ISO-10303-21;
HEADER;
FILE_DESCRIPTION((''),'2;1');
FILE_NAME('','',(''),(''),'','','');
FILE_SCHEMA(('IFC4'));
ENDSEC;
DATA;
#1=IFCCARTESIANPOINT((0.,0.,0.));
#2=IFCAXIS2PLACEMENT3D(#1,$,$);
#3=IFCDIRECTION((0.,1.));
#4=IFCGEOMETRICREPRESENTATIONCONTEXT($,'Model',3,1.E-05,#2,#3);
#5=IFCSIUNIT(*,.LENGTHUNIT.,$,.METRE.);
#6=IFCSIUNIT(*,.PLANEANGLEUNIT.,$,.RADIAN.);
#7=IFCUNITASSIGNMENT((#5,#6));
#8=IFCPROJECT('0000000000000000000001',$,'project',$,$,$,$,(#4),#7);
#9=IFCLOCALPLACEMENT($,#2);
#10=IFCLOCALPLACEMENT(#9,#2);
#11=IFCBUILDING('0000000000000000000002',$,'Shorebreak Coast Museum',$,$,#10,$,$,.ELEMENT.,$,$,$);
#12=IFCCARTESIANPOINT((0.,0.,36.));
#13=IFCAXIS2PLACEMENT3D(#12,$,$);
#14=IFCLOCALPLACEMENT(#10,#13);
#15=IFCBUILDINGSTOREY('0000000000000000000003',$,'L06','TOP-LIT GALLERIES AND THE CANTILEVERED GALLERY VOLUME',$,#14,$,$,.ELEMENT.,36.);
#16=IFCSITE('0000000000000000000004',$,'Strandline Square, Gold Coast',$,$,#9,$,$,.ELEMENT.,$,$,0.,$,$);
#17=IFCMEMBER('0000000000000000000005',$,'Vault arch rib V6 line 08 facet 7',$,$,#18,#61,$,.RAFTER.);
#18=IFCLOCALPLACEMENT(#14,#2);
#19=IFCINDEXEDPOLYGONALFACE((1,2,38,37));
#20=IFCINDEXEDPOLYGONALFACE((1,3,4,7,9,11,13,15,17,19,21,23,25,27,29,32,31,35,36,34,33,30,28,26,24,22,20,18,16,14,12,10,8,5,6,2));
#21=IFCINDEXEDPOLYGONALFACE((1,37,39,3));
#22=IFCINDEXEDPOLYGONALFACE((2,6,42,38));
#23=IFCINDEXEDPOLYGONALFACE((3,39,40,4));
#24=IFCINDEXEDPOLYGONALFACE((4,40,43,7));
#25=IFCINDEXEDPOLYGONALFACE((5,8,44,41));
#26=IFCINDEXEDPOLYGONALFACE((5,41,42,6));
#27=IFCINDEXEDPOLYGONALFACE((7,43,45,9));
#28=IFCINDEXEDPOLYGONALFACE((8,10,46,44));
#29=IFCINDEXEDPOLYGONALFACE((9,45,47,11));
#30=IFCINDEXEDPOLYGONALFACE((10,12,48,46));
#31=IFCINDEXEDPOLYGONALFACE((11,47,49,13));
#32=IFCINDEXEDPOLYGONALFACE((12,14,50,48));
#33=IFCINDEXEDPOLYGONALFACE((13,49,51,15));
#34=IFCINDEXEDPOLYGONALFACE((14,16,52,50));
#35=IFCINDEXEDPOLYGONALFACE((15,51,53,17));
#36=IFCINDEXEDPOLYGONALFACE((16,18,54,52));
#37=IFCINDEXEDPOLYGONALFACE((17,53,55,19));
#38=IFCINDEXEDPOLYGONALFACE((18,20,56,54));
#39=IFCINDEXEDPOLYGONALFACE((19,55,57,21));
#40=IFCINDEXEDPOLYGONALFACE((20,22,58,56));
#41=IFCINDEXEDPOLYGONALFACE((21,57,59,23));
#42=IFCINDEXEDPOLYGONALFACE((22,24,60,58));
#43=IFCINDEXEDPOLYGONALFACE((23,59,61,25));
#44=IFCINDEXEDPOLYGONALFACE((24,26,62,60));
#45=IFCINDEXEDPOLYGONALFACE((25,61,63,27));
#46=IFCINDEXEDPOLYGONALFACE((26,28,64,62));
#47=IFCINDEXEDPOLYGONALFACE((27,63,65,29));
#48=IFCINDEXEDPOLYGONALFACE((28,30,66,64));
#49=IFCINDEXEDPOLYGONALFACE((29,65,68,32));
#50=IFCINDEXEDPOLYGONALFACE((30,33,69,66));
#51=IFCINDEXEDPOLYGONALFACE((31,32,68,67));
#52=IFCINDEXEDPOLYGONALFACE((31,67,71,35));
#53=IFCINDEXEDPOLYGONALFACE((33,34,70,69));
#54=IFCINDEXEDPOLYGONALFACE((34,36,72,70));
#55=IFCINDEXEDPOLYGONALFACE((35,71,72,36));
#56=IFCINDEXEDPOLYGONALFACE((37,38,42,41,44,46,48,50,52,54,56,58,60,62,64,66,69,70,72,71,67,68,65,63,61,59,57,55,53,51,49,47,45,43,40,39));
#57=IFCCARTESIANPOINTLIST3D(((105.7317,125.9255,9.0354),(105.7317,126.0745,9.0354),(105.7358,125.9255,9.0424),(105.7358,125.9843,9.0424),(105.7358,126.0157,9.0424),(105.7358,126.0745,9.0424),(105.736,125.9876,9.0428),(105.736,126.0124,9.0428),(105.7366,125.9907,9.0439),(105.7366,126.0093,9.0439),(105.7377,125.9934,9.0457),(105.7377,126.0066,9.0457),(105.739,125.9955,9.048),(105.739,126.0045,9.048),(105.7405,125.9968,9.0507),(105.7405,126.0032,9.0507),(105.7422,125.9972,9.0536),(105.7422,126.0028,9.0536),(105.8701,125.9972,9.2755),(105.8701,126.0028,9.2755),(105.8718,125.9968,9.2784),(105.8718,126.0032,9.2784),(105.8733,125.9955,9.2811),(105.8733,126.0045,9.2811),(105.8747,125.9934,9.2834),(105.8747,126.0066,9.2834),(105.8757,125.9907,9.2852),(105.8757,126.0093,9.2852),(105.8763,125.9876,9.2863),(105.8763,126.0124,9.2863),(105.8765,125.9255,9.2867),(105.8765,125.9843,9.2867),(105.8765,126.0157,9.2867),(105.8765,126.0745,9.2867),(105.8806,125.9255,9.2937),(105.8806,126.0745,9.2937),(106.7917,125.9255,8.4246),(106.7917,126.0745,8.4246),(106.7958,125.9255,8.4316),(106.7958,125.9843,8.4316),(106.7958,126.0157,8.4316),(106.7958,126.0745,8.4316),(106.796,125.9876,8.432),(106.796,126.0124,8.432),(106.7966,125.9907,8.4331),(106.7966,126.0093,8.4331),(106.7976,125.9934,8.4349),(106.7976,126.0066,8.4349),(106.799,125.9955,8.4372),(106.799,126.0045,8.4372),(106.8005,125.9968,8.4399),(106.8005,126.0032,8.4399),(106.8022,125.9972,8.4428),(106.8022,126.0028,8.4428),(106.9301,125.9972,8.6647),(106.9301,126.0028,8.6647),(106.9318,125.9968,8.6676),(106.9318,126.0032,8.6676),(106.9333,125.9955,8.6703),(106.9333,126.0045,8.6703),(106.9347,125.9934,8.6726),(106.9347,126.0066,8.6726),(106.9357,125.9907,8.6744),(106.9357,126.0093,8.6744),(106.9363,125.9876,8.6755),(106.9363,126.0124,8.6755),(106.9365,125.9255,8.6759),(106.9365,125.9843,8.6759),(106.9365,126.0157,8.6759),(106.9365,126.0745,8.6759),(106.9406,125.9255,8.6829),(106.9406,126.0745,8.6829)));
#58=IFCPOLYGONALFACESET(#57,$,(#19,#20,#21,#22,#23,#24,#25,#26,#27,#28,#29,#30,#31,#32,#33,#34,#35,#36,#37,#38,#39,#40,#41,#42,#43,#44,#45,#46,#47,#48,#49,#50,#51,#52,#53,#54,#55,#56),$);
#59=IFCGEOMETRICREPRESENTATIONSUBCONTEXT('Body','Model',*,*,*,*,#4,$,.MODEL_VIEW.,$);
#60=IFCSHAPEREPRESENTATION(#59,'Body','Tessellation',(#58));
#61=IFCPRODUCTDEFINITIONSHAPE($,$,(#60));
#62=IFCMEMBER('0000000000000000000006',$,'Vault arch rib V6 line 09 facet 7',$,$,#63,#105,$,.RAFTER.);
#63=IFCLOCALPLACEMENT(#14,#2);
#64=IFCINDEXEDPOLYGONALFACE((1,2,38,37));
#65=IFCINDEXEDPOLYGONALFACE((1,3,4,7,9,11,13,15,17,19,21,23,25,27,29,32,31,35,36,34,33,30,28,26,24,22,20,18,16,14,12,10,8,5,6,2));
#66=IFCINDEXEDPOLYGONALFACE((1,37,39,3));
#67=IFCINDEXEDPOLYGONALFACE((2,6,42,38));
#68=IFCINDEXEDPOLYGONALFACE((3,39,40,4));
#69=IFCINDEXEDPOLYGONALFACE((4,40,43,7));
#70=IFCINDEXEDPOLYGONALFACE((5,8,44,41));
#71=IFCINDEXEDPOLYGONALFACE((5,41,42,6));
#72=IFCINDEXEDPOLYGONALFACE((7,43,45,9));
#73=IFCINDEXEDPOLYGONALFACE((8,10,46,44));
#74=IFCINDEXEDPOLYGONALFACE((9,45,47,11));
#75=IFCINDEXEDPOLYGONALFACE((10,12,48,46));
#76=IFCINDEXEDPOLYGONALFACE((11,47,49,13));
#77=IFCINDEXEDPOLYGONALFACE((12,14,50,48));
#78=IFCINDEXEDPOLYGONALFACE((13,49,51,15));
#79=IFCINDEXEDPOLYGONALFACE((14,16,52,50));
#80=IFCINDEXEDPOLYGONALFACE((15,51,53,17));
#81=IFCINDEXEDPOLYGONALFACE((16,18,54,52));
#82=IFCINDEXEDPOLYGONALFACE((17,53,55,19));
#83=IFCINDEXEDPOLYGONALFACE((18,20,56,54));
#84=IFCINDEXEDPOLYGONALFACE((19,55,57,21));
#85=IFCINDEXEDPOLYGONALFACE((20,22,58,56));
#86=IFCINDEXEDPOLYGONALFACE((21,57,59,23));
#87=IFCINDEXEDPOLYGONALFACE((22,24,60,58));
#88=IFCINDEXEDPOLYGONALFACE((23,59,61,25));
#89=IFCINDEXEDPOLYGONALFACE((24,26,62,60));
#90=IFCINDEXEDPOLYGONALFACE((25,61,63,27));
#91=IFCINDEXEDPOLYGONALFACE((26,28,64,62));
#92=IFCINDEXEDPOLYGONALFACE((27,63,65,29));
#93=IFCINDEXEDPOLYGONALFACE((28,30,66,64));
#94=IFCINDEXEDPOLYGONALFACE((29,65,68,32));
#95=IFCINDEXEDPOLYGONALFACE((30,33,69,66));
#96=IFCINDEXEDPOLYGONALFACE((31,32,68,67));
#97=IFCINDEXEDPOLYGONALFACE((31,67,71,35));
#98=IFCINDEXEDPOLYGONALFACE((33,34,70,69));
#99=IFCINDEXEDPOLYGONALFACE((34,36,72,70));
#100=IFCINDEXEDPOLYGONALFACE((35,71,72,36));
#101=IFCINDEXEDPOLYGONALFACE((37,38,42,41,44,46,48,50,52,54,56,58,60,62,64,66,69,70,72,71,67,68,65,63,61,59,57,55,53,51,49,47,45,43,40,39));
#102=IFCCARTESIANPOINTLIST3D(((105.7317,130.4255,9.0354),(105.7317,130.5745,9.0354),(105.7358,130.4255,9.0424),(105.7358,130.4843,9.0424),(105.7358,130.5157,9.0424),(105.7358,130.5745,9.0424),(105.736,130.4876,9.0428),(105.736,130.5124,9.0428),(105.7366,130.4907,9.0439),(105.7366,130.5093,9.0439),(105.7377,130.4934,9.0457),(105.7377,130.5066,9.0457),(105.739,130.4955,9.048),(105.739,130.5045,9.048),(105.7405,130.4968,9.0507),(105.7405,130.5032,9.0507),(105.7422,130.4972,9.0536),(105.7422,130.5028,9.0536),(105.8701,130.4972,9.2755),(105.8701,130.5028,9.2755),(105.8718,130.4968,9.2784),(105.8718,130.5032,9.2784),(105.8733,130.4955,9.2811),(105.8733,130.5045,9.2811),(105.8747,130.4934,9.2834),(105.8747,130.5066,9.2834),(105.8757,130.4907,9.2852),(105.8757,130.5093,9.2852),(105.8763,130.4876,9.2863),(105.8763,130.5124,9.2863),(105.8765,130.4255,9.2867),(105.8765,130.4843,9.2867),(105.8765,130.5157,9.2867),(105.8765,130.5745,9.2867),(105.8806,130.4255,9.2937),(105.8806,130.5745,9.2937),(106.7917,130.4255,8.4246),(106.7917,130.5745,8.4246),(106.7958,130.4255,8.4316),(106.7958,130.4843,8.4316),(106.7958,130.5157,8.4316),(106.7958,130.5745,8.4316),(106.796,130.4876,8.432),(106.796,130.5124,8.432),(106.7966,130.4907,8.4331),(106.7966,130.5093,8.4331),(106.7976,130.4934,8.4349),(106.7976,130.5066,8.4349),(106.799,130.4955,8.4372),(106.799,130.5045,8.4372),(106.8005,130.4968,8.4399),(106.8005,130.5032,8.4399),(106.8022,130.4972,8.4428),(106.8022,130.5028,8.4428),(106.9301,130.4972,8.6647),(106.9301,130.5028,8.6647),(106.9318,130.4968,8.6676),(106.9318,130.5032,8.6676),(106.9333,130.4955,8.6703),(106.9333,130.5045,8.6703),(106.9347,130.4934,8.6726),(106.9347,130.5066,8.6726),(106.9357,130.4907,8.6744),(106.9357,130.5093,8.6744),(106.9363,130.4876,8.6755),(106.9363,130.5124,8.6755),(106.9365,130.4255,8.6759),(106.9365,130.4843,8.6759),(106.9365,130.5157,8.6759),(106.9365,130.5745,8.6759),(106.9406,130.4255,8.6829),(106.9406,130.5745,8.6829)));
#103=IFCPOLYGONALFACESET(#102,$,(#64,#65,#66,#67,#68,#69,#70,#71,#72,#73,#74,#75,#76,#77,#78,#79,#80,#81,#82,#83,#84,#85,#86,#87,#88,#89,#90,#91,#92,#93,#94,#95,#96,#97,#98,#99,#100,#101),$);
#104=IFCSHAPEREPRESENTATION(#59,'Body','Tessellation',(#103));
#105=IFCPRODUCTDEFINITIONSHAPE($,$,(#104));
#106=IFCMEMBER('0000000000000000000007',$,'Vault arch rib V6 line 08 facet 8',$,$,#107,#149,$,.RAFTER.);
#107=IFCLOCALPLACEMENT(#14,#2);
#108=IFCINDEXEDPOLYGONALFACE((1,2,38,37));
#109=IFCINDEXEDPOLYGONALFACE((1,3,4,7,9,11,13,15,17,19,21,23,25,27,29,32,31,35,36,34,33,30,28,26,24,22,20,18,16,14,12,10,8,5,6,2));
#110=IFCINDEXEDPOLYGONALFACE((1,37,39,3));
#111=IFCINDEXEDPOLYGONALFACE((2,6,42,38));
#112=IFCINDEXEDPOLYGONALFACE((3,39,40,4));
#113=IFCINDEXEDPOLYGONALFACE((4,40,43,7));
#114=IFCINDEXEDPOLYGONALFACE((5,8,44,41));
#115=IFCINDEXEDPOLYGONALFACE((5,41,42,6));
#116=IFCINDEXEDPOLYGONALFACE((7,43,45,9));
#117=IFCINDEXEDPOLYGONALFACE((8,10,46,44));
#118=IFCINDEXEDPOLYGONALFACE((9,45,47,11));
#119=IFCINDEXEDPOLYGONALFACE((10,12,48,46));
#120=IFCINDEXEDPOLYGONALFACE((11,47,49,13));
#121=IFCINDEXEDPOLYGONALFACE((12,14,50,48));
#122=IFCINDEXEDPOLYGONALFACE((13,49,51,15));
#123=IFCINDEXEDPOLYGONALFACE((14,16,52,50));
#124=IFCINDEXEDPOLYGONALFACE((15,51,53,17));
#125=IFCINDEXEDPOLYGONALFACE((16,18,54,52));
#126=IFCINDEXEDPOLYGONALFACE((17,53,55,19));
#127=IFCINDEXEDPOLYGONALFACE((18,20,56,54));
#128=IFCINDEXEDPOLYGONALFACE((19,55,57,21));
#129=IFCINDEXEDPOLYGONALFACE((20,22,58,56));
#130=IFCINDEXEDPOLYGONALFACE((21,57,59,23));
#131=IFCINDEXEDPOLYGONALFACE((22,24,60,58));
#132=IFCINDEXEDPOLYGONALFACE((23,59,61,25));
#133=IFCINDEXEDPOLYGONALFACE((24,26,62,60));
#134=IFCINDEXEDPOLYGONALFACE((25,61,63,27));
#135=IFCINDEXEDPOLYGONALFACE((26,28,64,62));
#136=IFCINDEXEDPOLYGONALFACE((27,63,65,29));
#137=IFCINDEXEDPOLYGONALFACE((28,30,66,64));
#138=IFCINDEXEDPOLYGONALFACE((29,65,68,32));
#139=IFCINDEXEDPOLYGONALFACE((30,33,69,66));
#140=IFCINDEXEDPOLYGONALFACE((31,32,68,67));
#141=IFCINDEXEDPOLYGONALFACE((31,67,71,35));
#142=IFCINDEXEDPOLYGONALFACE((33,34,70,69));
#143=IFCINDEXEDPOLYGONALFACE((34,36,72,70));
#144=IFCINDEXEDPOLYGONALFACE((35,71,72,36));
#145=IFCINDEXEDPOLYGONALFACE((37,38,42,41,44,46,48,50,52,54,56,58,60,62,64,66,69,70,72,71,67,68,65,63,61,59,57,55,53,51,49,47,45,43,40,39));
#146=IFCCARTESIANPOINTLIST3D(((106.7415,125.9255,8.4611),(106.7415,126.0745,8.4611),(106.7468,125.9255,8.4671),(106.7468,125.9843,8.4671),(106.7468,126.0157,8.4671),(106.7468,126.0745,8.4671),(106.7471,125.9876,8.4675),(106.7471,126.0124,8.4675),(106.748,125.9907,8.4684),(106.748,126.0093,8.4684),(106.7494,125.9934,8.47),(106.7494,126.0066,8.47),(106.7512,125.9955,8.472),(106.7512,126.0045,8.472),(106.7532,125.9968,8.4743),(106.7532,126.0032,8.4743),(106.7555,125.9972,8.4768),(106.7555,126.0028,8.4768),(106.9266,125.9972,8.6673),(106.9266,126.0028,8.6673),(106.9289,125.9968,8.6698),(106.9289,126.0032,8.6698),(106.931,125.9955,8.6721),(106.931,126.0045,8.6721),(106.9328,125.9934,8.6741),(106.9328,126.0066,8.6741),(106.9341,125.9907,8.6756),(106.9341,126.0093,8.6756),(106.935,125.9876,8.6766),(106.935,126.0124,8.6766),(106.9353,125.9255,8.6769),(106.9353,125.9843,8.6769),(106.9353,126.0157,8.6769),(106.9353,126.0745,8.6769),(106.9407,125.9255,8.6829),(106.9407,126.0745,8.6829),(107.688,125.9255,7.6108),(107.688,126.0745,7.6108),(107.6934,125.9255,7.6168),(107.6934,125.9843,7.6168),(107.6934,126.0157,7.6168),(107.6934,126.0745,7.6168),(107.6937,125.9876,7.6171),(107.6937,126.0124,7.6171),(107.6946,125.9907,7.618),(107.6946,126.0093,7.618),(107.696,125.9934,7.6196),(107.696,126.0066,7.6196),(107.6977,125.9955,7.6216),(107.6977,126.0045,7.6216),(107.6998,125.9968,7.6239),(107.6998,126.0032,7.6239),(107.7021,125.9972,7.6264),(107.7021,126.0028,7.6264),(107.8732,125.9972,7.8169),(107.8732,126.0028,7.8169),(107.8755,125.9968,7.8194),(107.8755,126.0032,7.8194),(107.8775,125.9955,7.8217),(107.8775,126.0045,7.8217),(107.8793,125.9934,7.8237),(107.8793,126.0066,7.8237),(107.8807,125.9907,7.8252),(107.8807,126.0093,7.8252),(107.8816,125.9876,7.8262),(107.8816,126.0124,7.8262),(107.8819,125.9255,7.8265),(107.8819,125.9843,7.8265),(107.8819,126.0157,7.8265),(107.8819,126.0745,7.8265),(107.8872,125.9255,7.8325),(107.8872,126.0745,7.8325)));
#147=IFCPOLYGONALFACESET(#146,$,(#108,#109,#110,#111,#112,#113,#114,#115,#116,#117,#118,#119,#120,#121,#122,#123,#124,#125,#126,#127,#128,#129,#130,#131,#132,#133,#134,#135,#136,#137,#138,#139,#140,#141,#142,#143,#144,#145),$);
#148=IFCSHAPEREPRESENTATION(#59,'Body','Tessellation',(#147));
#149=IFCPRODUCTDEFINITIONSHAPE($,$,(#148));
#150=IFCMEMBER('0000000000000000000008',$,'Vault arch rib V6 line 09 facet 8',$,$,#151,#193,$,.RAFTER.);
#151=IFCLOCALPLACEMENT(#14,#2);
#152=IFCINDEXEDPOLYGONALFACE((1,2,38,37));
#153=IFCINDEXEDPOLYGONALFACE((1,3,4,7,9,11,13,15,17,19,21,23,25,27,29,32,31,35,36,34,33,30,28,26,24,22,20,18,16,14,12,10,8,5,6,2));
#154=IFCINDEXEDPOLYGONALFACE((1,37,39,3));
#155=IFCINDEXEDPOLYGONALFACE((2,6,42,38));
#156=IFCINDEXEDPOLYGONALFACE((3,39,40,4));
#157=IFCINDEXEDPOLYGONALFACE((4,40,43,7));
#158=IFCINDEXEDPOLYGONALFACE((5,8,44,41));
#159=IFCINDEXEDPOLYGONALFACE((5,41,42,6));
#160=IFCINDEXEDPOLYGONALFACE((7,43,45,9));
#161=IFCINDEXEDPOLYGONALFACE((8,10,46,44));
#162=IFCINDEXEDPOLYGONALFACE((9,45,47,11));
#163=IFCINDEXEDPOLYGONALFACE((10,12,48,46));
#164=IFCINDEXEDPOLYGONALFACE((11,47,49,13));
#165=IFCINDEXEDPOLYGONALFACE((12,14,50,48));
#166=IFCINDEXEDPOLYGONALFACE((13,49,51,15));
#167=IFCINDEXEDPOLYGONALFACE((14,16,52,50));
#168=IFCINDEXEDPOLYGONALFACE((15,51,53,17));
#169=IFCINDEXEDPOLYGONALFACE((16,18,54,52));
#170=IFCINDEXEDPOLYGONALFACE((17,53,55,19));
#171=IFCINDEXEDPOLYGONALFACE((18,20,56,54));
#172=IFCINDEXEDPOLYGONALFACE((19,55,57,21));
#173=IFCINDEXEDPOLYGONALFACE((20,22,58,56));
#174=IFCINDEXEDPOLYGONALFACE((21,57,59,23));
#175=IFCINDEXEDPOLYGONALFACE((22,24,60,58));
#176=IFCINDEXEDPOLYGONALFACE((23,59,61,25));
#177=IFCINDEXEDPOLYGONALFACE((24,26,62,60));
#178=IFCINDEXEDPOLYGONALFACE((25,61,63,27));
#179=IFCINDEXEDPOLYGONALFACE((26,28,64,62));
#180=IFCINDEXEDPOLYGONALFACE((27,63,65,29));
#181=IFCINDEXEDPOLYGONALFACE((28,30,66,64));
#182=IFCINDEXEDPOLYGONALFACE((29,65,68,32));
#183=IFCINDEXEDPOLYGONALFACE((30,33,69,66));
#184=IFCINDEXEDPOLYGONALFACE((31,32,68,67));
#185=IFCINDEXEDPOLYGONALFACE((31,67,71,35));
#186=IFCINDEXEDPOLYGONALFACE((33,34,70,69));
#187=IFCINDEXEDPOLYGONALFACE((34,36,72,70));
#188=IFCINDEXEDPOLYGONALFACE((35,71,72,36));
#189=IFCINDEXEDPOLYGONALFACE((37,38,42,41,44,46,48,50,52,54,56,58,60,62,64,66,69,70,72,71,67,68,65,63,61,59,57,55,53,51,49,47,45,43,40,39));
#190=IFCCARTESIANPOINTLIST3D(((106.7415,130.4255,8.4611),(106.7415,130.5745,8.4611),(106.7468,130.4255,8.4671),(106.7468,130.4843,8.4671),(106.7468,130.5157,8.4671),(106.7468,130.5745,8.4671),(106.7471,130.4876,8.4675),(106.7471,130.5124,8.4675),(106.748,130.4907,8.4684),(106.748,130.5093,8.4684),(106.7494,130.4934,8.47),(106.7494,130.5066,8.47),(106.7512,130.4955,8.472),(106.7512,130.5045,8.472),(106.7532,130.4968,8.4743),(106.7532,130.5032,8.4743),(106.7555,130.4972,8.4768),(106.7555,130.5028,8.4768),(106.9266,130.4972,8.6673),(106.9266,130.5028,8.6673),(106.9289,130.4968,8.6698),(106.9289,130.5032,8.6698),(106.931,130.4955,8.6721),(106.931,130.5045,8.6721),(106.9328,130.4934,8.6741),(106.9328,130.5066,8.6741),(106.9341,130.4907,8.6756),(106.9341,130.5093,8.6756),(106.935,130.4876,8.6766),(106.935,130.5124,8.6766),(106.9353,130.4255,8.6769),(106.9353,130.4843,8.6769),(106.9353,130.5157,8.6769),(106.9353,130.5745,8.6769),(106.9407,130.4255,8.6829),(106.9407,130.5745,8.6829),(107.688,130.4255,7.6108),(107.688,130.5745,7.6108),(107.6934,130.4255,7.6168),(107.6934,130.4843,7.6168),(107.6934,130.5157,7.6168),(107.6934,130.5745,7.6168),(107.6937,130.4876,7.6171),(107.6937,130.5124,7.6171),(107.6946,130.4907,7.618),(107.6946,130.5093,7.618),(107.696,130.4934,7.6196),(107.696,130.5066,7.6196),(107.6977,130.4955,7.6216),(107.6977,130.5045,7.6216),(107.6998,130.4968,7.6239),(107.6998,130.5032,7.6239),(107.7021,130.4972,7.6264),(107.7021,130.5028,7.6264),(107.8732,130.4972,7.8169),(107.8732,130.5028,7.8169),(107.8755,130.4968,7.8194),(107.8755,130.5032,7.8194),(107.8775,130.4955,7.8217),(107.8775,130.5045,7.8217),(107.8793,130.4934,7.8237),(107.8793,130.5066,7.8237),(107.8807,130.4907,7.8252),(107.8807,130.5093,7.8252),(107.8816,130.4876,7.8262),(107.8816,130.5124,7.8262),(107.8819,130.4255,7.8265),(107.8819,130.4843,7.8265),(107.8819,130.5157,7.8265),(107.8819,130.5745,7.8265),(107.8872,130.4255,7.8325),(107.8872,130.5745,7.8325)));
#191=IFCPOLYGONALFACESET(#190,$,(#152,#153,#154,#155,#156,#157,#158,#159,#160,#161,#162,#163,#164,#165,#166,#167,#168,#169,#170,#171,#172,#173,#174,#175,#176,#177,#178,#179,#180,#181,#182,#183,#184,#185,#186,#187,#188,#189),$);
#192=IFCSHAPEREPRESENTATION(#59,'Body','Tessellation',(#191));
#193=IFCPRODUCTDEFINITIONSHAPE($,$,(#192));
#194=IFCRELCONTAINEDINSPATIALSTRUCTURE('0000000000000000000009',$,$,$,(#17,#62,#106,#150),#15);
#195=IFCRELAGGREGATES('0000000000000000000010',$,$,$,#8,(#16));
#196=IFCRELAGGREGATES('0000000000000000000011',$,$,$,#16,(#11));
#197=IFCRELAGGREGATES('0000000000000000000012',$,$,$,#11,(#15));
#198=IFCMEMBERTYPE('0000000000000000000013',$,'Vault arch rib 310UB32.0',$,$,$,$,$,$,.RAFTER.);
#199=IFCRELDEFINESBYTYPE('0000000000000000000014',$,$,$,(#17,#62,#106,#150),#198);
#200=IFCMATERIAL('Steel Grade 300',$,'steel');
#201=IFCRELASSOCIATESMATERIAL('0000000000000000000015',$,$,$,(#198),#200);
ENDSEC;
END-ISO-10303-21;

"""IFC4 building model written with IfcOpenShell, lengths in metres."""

from ifc_helpers import new_model, si_unit, direction, frame, origin, origin_2d, place, context, subcontext, project, spatial, i_section, extrude, material, material_profile, profile_set, type_object, element, save


model = new_model("IFC4")

# Units and contexts
model_context = context("Model", 3, precision=1e-05, world=origin(), true_north=direction((0.0, 1.0)))
body_context = subcontext(model_context, "Body", "Model", "MODEL_VIEW")
ifc_project = project(units=[si_unit("LENGTHUNIT", "METRE"), si_unit("PLANEANGLEUNIT", "RADIAN")], contexts=[model_context])

# Site, building, storey
site_placement = place(None, origin())
site = spatial("IfcSite", under=ifc_project, at=site_placement, Name="Strandline Square, Gold Coast", CompositionType="ELEMENT", RefElevation=0.0)
building_placement = place(site_placement, origin())
building = spatial("IfcBuilding", under=site, at=building_placement, Name="Shorebreak Coast Museum", CompositionType="ELEMENT")
storey_placement = place(building_placement, frame((0.0, 0.0, 36.0)))
storey = spatial("IfcBuildingStorey", under=building, at=storey_placement, Name="L06", Description="TOP-LIT GALLERIES AND THE CANTILEVERED GALLERY VOLUME", CompositionType="ELEMENT", Elevation=36.0)

# Members
ifc_material_1 = material(Name="Steel Grade 300", Category="steel")
ifc_material_profile_1 = material_profile(ifc_material_1, i_section(OverallWidth=0.1489, OverallDepth=0.2981, WebThickness=0.0056, FlangeThickness=0.0081, FilletRadius=0.0129, at=origin_2d()), Name="310UB32.0")
ifc_profile_set_1 = profile_set([ifc_material_profile_1], Name="Steel Grade 300")
member_type_1 = type_object("IfcMemberType", Name="Vault arch rib 310UB32.0", PredefinedType="RAFTER", material=ifc_profile_set_1)
for number, where, z_axis, x_axis, name in (
    (1, (105.8062, 126.0, 9.1646), (0.866445, 0.0, -0.499273), (0.0, 1.0, 0.0), "Vault arch rib V6 line 08 facet 7"),
    (2, (105.8062, 130.5, 9.1646), (0.866445, 0.0, -0.499273), (0.0, 1.0, 0.0), "Vault arch rib V6 line 09 facet 7"),
):
    element("IfcMember", number, at=place(storey_placement, frame(where, z_axis=z_axis, x_axis=x_axis)), inside=storey, type_object=member_type_1, Name=name, PredefinedType="RAFTER", context=body_context, shape_type="SweptSolid", body=[
        extrude(i_section(OverallWidth=0.1489, OverallDepth=0.2981, WebThickness=0.0056, FlangeThickness=0.0081, FilletRadius=0.0129, at=origin_2d()), origin(), (0.0, 0.0, 1.0), 1.2234),
    ])
for number, where, z_axis, x_axis, name in (
    (3, (106.8411, 126.0, 8.572), (0.743895, 0.0, -0.668297), (0.0, 1.0, 0.0), "Vault arch rib V6 line 08 facet 8"),
    (4, (106.8411, 130.5, 8.572), (0.743895, 0.0, -0.668297), (0.0, 1.0, 0.0), "Vault arch rib V6 line 09 facet 8"),
):
    element("IfcMember", number, at=place(storey_placement, frame(where, z_axis=z_axis, x_axis=x_axis)), inside=storey, type_object=member_type_1, Name=name, PredefinedType="RAFTER", context=body_context, shape_type="SweptSolid", body=[
        extrude(i_section(OverallWidth=0.1489, OverallDepth=0.2981, WebThickness=0.0056, FlangeThickness=0.0081, FilletRadius=0.0129, at=origin_2d()), origin(), (0.0, 0.0, 1.0), 1.2725),
    ])

save(model, "model.ifc")
